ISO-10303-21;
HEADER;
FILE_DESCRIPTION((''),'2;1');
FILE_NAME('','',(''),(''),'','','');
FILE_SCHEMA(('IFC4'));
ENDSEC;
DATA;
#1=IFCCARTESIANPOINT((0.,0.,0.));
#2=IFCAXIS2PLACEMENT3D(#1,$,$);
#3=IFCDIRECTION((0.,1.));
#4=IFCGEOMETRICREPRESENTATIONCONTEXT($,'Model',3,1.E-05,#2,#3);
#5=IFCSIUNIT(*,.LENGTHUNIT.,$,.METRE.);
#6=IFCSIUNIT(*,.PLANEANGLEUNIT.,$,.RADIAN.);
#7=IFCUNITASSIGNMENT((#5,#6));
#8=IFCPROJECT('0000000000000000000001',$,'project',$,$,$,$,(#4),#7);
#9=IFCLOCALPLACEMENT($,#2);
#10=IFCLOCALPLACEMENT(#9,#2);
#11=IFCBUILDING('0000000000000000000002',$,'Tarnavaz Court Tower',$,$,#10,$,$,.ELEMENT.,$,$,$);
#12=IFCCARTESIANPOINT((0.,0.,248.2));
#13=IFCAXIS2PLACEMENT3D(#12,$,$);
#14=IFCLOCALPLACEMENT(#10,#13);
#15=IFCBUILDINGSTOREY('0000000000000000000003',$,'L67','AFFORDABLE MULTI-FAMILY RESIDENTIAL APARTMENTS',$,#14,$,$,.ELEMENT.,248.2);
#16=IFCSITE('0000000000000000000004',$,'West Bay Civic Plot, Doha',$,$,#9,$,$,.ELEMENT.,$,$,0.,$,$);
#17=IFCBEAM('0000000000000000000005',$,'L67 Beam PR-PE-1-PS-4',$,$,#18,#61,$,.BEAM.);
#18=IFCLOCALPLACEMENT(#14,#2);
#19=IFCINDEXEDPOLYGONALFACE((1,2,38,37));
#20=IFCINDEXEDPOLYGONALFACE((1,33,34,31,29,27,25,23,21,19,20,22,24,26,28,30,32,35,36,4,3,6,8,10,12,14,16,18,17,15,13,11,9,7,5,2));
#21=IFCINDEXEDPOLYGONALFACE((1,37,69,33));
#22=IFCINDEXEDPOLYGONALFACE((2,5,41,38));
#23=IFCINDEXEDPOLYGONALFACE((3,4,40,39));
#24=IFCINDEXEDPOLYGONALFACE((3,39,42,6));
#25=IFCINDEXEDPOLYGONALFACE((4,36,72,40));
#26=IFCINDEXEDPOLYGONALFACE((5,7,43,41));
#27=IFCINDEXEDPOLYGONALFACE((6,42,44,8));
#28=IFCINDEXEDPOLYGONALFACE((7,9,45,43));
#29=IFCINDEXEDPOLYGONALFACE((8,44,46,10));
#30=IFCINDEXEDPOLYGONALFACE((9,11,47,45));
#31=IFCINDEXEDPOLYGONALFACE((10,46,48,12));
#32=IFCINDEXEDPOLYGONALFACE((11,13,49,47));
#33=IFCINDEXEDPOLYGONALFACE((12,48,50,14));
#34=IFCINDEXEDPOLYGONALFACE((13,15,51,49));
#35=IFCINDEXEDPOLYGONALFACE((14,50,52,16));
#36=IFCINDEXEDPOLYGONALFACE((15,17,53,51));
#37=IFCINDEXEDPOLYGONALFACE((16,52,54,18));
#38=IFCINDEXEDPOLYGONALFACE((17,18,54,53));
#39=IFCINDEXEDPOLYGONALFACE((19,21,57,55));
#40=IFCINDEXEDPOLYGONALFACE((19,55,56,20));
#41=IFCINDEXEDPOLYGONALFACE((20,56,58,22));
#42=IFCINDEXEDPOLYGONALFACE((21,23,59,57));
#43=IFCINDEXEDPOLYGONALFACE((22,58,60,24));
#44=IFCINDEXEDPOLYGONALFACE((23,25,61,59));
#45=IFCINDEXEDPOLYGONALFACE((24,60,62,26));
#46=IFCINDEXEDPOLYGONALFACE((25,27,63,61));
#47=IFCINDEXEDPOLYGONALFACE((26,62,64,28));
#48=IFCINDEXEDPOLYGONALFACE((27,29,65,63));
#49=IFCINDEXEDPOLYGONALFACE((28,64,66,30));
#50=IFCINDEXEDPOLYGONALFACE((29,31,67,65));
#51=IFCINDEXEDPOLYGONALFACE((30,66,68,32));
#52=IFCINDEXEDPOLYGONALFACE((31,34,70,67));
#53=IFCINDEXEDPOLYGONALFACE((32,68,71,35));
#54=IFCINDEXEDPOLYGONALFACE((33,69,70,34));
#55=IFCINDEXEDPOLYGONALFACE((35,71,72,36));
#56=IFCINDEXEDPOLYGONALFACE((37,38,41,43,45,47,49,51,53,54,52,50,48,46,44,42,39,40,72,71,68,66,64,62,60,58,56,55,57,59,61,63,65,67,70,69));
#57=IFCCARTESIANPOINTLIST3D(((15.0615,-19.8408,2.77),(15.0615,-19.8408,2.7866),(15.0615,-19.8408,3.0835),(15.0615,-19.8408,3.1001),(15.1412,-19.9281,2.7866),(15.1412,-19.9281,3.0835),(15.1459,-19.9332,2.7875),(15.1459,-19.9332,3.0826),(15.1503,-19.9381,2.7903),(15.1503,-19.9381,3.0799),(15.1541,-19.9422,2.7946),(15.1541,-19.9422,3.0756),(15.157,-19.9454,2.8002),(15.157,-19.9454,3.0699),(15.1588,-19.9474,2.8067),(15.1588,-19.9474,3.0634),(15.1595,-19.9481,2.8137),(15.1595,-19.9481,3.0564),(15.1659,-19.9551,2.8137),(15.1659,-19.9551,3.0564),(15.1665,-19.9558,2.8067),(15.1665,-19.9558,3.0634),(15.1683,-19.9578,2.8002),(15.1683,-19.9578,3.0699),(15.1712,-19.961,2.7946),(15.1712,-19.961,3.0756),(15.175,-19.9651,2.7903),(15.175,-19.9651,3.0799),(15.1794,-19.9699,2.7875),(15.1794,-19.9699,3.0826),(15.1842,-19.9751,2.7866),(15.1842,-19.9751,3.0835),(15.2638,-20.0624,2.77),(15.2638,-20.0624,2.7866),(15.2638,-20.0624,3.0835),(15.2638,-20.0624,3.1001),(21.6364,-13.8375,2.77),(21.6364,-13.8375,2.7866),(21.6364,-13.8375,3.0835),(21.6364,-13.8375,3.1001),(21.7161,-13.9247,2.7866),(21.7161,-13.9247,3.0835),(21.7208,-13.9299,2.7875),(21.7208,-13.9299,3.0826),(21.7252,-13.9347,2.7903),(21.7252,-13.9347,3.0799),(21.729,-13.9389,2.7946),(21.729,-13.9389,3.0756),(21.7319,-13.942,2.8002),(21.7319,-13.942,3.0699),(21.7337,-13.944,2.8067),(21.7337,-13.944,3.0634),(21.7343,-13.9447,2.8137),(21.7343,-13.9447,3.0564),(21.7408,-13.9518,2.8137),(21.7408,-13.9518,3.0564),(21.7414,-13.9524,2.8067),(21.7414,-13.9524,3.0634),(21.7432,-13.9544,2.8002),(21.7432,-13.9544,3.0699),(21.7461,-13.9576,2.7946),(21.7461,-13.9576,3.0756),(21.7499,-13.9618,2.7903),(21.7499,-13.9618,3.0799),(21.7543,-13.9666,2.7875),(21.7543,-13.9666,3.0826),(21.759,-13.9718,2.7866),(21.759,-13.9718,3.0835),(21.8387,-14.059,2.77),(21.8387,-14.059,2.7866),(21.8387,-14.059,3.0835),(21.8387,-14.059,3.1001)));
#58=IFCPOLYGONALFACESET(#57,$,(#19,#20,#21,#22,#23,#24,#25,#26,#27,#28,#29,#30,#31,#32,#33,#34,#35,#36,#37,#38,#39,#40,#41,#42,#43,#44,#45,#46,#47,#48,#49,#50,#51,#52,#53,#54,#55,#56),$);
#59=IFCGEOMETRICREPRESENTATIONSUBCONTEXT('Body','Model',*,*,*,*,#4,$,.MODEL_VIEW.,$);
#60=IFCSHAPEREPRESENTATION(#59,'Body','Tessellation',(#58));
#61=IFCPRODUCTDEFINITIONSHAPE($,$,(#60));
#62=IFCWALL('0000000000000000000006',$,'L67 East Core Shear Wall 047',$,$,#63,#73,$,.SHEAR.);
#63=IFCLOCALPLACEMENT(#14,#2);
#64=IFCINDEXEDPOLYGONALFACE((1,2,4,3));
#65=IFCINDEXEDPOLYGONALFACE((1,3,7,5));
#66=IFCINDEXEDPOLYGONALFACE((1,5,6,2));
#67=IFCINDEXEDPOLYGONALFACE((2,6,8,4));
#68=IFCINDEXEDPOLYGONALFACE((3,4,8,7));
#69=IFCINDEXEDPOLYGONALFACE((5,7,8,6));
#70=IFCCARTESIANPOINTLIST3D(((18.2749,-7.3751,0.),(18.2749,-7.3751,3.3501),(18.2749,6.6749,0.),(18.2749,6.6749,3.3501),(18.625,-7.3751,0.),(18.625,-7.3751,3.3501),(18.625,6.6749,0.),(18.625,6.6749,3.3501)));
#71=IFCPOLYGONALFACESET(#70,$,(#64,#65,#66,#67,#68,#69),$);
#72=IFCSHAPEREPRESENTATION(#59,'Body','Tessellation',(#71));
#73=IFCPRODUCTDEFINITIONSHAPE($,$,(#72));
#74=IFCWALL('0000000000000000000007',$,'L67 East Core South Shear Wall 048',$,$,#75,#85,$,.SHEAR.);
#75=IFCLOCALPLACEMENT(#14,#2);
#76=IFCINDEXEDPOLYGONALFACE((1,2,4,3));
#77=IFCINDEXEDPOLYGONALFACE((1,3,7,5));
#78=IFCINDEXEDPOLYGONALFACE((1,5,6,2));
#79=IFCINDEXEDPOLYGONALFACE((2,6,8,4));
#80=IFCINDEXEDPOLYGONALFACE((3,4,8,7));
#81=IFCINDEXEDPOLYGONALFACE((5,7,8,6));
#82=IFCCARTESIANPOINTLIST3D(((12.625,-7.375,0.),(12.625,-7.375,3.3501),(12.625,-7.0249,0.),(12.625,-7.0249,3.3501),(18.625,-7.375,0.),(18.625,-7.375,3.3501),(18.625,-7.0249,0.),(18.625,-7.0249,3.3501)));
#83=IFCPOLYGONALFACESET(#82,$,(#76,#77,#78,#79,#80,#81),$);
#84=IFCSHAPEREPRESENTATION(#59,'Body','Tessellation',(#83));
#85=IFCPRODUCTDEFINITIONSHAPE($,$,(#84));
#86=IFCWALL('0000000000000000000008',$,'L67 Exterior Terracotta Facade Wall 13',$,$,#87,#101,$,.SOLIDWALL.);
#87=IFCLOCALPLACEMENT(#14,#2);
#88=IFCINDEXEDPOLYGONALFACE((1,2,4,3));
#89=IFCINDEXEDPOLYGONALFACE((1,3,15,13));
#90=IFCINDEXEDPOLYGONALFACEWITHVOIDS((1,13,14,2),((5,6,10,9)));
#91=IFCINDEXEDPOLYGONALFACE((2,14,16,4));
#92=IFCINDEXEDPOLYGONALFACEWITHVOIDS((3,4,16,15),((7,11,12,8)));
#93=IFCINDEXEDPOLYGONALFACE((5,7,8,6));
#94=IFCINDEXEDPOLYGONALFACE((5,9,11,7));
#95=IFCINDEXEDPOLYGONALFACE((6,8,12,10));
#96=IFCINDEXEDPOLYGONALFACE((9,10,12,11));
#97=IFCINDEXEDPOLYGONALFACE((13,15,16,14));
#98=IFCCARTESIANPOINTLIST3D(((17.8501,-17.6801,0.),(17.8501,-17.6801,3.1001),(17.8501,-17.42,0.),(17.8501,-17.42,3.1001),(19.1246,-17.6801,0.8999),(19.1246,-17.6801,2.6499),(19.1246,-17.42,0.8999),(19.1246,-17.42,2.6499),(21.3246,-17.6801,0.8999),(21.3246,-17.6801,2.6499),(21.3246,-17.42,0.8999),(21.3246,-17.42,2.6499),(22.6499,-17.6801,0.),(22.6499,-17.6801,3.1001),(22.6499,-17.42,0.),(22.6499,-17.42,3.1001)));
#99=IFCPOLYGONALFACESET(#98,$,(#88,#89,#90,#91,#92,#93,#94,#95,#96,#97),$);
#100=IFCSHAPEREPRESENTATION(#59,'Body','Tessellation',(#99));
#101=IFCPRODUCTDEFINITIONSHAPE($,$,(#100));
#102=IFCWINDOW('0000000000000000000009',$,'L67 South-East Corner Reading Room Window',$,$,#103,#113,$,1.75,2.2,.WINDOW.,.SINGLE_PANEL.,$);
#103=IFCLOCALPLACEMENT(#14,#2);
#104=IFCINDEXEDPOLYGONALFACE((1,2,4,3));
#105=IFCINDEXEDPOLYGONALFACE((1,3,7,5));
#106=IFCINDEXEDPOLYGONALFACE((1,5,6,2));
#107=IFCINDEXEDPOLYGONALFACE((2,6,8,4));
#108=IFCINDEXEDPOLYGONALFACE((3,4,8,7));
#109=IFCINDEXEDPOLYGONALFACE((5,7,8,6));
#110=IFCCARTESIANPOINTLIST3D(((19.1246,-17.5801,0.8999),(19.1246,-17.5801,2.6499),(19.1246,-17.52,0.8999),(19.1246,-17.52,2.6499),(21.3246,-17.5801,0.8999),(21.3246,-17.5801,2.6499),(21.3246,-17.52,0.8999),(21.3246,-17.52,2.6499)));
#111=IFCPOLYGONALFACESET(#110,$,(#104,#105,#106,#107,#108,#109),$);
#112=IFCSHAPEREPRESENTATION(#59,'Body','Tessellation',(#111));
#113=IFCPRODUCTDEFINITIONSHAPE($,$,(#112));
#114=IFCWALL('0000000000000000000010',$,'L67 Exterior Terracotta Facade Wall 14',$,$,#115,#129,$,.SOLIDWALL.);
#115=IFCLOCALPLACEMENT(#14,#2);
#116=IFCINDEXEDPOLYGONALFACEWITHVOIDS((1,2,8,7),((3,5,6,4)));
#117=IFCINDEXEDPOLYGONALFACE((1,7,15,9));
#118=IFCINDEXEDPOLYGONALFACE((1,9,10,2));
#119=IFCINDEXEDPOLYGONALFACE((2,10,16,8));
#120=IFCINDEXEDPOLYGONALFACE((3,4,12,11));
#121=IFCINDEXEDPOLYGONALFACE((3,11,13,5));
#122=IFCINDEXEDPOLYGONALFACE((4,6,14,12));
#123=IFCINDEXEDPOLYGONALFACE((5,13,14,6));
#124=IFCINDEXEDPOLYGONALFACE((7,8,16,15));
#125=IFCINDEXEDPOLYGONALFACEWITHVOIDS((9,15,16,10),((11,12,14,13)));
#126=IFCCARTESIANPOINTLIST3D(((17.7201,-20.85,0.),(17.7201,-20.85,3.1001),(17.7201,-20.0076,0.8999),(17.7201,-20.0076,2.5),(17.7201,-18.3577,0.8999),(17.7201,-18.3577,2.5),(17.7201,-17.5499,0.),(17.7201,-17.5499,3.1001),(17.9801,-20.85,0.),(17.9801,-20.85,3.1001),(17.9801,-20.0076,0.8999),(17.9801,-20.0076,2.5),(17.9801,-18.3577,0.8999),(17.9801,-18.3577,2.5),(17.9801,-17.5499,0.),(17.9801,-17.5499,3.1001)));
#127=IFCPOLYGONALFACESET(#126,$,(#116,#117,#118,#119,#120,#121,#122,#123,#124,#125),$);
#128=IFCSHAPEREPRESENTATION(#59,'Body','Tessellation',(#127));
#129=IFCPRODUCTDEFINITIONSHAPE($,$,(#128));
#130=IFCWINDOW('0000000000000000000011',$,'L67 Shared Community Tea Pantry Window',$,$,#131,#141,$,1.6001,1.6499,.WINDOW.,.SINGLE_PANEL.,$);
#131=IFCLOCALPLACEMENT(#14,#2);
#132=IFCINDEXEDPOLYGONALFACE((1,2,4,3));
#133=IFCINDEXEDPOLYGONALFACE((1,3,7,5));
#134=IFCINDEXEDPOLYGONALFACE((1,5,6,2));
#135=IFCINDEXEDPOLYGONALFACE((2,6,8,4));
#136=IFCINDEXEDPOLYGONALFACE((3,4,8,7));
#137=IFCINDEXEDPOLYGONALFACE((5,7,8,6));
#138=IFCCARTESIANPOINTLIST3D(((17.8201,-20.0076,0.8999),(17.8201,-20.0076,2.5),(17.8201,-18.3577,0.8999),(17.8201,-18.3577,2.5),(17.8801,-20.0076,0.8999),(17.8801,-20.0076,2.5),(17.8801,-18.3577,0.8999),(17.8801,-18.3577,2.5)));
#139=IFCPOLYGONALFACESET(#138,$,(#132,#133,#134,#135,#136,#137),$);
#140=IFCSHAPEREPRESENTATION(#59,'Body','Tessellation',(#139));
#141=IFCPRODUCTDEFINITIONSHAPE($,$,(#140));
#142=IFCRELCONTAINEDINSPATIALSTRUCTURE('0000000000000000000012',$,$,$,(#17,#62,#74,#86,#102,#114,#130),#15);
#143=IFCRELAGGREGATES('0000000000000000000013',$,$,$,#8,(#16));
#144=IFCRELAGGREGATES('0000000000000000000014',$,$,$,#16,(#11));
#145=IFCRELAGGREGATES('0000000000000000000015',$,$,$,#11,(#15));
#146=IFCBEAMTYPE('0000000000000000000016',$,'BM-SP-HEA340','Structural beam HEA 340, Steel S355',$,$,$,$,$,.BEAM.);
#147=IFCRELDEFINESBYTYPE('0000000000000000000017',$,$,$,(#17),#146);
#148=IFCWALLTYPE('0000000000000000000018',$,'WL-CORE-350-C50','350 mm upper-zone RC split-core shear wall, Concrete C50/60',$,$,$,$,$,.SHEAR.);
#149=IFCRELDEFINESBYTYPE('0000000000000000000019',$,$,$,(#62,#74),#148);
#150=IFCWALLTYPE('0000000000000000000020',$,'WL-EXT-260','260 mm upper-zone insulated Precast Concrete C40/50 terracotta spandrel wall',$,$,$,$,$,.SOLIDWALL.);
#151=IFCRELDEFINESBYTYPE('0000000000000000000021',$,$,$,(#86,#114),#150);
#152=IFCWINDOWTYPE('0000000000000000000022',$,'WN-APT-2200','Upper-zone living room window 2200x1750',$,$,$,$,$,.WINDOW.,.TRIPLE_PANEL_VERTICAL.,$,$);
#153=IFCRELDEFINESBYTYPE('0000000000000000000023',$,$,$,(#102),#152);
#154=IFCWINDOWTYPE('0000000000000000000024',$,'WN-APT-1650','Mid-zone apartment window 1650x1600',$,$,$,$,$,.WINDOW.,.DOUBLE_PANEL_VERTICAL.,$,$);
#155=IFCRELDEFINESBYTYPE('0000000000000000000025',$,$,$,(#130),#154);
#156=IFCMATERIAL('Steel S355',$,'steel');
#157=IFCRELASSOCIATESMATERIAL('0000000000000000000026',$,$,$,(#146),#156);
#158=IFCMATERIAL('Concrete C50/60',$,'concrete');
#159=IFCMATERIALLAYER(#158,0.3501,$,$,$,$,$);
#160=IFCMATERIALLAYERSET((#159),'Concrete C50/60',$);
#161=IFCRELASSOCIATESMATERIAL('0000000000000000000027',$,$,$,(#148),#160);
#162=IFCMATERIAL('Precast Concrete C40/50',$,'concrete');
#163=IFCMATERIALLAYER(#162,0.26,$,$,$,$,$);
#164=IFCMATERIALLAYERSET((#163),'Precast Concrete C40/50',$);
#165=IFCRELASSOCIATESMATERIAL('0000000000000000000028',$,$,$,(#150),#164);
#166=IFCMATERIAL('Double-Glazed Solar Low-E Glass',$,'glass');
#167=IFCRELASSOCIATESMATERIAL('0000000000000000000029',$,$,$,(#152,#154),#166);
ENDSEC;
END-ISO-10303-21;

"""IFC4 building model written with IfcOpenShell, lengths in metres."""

from ifc_helpers import new_model, si_unit, direction, frame, frame_2d, origin, origin_2d, place, context, subcontext, project, spatial, rectangle, i_section, extrude, material, layer, layer_set, material_profile, profile_set, type_object, element, fill, save


model = new_model("IFC4")

# Units and contexts
model_context = context("Model", 3, precision=1e-05, world=origin(), true_north=direction((0.0, 1.0)))
body_context = subcontext(model_context, "Body", "Model", "MODEL_VIEW")
ifc_project = project(units=[si_unit("LENGTHUNIT", "METRE"), si_unit("PLANEANGLEUNIT", "RADIAN")], contexts=[model_context])

# Site, building, storey
site_placement = place(None, origin())
site = spatial("IfcSite", under=ifc_project, at=site_placement, Name="West Bay Civic Plot, Doha", CompositionType="ELEMENT", RefElevation=0.0)
building_placement = place(site_placement, origin())
building = spatial("IfcBuilding", under=site, at=building_placement, Name="Tarnavaz Court Tower", CompositionType="ELEMENT")
storey_placement = place(building_placement, frame((0.0, 0.0, 248.2)))
storey = spatial("IfcBuildingStorey", under=building, at=storey_placement, Name="L67", Description="AFFORDABLE MULTI-FAMILY RESIDENTIAL APARTMENTS", CompositionType="ELEMENT", Elevation=248.2)

# Shared definitions
ifc_material_1 = material(Name="Concrete C50/60", Category="concrete")

# Beam
ifc_material_2 = material(Name="Steel S355", Category="steel")
ifc_material_profile_1 = material_profile(ifc_material_2, i_section(OverallWidth=0.3, OverallDepth=0.3301, WebThickness=0.0095, FlangeThickness=0.0166, FilletRadius=0.0271, at=origin_2d()), Name="HEA 340")
ifc_profile_set_1 = profile_set([ifc_material_profile_1], Name="Steel S355")
beam_type_1 = type_object("IfcBeamType", Name="BM-SP-HEA340", Description="Structural beam HEA 340, Steel S355", PredefinedType="BEAM", material=ifc_profile_set_1)
beam_1_placement = place(storey_placement, frame((21.7375, -13.9482, 2.9351), z_axis=(-0.738474, -0.674282, 0.0), x_axis=(0.674282, -0.738474, 0.0)))
element("IfcBeam", 1, at=beam_1_placement, inside=storey, type_object=beam_type_1, Name="L67 Beam PR-PE-1-PS-4", PredefinedType="BEAM", context=body_context, shape_type="SweptSolid", body=[
    extrude(i_section(OverallWidth=0.3, OverallDepth=0.3301, WebThickness=0.0095, FlangeThickness=0.0166, FilletRadius=0.0271, at=origin_2d()), origin(), (0.0, 0.0, 1.0), 8.9033),
])

# Walls
ifc_layer_1 = layer(ifc_material_1, 0.3501)
ifc_layer_set_1 = layer_set([ifc_layer_1], Name="Concrete C50/60")
wall_type_1 = type_object("IfcWallType", Name="WL-CORE-350-C50", Description="350 mm upper-zone RC split-core shear wall, Concrete C50/60", PredefinedType="SHEAR", material=ifc_layer_set_1)
wall_1_placement = place(storey_placement, frame((18.45, -7.375, 0.0), z_axis=(0.0, 0.0, 1.0), x_axis=(0.0, 1.0, 0.0)))
element("IfcWall", 2, at=wall_1_placement, inside=storey, type_object=wall_type_1, Name="L67 East Core Shear Wall 047", PredefinedType="SHEAR", context=body_context, shape_type="SweptSolid", body=[
    extrude(rectangle(XDim=14.05, YDim=0.3501, at=frame_2d((7.0249, 0.0))), origin(), (0.0, 0.0, 1.0), 3.3501),
])
wall_2_placement = place(storey_placement, frame((12.625, -7.2, 0.0), z_axis=(0.0, 0.0, 1.0), x_axis=(1.0, 0.0, 0.0)))
element("IfcWall", 3, at=wall_2_placement, inside=storey, type_object=wall_type_1, Name="L67 East Core South Shear Wall 048", PredefinedType="SHEAR", context=body_context, shape_type="SweptSolid", body=[
    extrude(rectangle(XDim=6.0, YDim=0.3501, at=frame_2d((3.0, 0.0))), origin(), (0.0, 0.0, 1.0), 3.3501),
])

# Walls, openings, windows
ifc_material_3 = material(Name="Precast Concrete C40/50", Category="concrete")
ifc_layer_2 = layer(ifc_material_3, 0.26)
ifc_layer_set_2 = layer_set([ifc_layer_2], Name="Precast Concrete C40/50")
wall_type_2 = type_object("IfcWallType", Name="WL-EXT-260", Description="260 mm upper-zone insulated Precast Concrete C40/50 terracotta spandrel wall", PredefinedType="SOLIDWALL", material=ifc_layer_set_2)
wall_3_placement = place(storey_placement, frame((22.6499, -17.55, 0.0), z_axis=(0.0, 0.0, 1.0), x_axis=(-1.0, 0.0, 0.0)))
wall_3 = element("IfcWall", 4, at=wall_3_placement, inside=storey, type_object=wall_type_2, Name="L67 Exterior Terracotta Facade Wall 13", PredefinedType="SOLIDWALL", context=body_context, shape_type="SweptSolid", body=[
    extrude(rectangle(XDim=4.7998, YDim=0.26, at=frame_2d((2.3999, 0.0))), origin(), (0.0, 0.0, 1.0), 3.1001),
])
opening_1_placement = place(wall_3_placement, frame((1.3252, 0.0, 0.8999)))
opening_1 = element("IfcOpeningElement", 5, at=opening_1_placement, cuts=wall_3, PredefinedType="OPENING", context=body_context, shape_type="SweptSolid", body=[
    extrude(rectangle(XDim=2.2, YDim=1.75, at=frame_2d((1.1001, 0.875))), frame((0.0, 0.1399, 0.0), z_axis=(0.0, -1.0, 0.0), x_axis=(1.0, 0.0, 0.0)), (0.0, 0.0, 1.0), 0.28),
])
ifc_material_4 = material(Name="Double-Glazed Solar Low-E Glass", Category="glass")
window_type_1 = type_object("IfcWindowType", Name="WN-APT-2200", Description="Upper-zone living room window 2200x1750", PartitioningType="TRIPLE_PANEL_VERTICAL", PredefinedType="WINDOW", material=ifc_material_4)
window_1_placement = place(opening_1_placement, origin())
window_1 = element("IfcWindow", 6, at=window_1_placement, inside=storey, type_object=window_type_1, Name="L67 South-East Corner Reading Room Window", OverallHeight=1.75, OverallWidth=2.2, PartitioningType="SINGLE_PANEL", PredefinedType="WINDOW", context=body_context, shape_type="SweptSolid", body=[
    extrude(rectangle(XDim=2.2, YDim=1.75, at=frame_2d((1.1001, 0.875))), frame((0.0, 0.03, 0.0), z_axis=(0.0, -1.0, 0.0), x_axis=(1.0, 0.0, 0.0)), (0.0, 0.0, 1.0), 0.0601),
])
fill(opening_1, window_1)
wall_4_placement = place(storey_placement, frame((17.8501, -17.55, 0.0), z_axis=(0.0, 0.0, 1.0), x_axis=(0.0, -1.0, 0.0)))
wall_4 = element("IfcWall", 7, at=wall_4_placement, inside=storey, type_object=wall_type_2, Name="L67 Exterior Terracotta Facade Wall 14", PredefinedType="SOLIDWALL", context=body_context, shape_type="SweptSolid", body=[
    extrude(rectangle(XDim=3.3, YDim=0.26, at=frame_2d((1.6499, 0.0))), origin(), (0.0, 0.0, 1.0), 3.1001),
])
opening_2_placement = place(wall_4_placement, frame((0.8076, 0.0, 0.8999)))
opening_2 = element("IfcOpeningElement", 8, at=opening_2_placement, cuts=wall_4, PredefinedType="OPENING", context=body_context, shape_type="SweptSolid", body=[
    extrude(rectangle(XDim=1.6499, YDim=1.6001, at=frame_2d((0.825, 0.8))), frame((0.0, 0.1399, 0.0), z_axis=(0.0, -1.0, 0.0), x_axis=(1.0, 0.0, 0.0)), (0.0, 0.0, 1.0), 0.28),
])
window_type_2 = type_object("IfcWindowType", Name="WN-APT-1650", Description="Mid-zone apartment window 1650x1600", PartitioningType="DOUBLE_PANEL_VERTICAL", PredefinedType="WINDOW", material=ifc_material_4)
window_2_placement = place(opening_2_placement, origin())
window_2 = element("IfcWindow", 9, at=window_2_placement, inside=storey, type_object=window_type_2, Name="L67 Shared Community Tea Pantry Window", OverallHeight=1.6001, OverallWidth=1.6499, PartitioningType="SINGLE_PANEL", PredefinedType="WINDOW", context=body_context, shape_type="SweptSolid", body=[
    extrude(rectangle(XDim=1.6499, YDim=1.6001, at=frame_2d((0.825, 0.8))), frame((0.0, 0.03, 0.0), z_axis=(0.0, -1.0, 0.0), x_axis=(1.0, 0.0, 0.0)), (0.0, 0.0, 1.0), 0.0601),
])
fill(opening_2, window_2)

save(model, "model.ifc")
